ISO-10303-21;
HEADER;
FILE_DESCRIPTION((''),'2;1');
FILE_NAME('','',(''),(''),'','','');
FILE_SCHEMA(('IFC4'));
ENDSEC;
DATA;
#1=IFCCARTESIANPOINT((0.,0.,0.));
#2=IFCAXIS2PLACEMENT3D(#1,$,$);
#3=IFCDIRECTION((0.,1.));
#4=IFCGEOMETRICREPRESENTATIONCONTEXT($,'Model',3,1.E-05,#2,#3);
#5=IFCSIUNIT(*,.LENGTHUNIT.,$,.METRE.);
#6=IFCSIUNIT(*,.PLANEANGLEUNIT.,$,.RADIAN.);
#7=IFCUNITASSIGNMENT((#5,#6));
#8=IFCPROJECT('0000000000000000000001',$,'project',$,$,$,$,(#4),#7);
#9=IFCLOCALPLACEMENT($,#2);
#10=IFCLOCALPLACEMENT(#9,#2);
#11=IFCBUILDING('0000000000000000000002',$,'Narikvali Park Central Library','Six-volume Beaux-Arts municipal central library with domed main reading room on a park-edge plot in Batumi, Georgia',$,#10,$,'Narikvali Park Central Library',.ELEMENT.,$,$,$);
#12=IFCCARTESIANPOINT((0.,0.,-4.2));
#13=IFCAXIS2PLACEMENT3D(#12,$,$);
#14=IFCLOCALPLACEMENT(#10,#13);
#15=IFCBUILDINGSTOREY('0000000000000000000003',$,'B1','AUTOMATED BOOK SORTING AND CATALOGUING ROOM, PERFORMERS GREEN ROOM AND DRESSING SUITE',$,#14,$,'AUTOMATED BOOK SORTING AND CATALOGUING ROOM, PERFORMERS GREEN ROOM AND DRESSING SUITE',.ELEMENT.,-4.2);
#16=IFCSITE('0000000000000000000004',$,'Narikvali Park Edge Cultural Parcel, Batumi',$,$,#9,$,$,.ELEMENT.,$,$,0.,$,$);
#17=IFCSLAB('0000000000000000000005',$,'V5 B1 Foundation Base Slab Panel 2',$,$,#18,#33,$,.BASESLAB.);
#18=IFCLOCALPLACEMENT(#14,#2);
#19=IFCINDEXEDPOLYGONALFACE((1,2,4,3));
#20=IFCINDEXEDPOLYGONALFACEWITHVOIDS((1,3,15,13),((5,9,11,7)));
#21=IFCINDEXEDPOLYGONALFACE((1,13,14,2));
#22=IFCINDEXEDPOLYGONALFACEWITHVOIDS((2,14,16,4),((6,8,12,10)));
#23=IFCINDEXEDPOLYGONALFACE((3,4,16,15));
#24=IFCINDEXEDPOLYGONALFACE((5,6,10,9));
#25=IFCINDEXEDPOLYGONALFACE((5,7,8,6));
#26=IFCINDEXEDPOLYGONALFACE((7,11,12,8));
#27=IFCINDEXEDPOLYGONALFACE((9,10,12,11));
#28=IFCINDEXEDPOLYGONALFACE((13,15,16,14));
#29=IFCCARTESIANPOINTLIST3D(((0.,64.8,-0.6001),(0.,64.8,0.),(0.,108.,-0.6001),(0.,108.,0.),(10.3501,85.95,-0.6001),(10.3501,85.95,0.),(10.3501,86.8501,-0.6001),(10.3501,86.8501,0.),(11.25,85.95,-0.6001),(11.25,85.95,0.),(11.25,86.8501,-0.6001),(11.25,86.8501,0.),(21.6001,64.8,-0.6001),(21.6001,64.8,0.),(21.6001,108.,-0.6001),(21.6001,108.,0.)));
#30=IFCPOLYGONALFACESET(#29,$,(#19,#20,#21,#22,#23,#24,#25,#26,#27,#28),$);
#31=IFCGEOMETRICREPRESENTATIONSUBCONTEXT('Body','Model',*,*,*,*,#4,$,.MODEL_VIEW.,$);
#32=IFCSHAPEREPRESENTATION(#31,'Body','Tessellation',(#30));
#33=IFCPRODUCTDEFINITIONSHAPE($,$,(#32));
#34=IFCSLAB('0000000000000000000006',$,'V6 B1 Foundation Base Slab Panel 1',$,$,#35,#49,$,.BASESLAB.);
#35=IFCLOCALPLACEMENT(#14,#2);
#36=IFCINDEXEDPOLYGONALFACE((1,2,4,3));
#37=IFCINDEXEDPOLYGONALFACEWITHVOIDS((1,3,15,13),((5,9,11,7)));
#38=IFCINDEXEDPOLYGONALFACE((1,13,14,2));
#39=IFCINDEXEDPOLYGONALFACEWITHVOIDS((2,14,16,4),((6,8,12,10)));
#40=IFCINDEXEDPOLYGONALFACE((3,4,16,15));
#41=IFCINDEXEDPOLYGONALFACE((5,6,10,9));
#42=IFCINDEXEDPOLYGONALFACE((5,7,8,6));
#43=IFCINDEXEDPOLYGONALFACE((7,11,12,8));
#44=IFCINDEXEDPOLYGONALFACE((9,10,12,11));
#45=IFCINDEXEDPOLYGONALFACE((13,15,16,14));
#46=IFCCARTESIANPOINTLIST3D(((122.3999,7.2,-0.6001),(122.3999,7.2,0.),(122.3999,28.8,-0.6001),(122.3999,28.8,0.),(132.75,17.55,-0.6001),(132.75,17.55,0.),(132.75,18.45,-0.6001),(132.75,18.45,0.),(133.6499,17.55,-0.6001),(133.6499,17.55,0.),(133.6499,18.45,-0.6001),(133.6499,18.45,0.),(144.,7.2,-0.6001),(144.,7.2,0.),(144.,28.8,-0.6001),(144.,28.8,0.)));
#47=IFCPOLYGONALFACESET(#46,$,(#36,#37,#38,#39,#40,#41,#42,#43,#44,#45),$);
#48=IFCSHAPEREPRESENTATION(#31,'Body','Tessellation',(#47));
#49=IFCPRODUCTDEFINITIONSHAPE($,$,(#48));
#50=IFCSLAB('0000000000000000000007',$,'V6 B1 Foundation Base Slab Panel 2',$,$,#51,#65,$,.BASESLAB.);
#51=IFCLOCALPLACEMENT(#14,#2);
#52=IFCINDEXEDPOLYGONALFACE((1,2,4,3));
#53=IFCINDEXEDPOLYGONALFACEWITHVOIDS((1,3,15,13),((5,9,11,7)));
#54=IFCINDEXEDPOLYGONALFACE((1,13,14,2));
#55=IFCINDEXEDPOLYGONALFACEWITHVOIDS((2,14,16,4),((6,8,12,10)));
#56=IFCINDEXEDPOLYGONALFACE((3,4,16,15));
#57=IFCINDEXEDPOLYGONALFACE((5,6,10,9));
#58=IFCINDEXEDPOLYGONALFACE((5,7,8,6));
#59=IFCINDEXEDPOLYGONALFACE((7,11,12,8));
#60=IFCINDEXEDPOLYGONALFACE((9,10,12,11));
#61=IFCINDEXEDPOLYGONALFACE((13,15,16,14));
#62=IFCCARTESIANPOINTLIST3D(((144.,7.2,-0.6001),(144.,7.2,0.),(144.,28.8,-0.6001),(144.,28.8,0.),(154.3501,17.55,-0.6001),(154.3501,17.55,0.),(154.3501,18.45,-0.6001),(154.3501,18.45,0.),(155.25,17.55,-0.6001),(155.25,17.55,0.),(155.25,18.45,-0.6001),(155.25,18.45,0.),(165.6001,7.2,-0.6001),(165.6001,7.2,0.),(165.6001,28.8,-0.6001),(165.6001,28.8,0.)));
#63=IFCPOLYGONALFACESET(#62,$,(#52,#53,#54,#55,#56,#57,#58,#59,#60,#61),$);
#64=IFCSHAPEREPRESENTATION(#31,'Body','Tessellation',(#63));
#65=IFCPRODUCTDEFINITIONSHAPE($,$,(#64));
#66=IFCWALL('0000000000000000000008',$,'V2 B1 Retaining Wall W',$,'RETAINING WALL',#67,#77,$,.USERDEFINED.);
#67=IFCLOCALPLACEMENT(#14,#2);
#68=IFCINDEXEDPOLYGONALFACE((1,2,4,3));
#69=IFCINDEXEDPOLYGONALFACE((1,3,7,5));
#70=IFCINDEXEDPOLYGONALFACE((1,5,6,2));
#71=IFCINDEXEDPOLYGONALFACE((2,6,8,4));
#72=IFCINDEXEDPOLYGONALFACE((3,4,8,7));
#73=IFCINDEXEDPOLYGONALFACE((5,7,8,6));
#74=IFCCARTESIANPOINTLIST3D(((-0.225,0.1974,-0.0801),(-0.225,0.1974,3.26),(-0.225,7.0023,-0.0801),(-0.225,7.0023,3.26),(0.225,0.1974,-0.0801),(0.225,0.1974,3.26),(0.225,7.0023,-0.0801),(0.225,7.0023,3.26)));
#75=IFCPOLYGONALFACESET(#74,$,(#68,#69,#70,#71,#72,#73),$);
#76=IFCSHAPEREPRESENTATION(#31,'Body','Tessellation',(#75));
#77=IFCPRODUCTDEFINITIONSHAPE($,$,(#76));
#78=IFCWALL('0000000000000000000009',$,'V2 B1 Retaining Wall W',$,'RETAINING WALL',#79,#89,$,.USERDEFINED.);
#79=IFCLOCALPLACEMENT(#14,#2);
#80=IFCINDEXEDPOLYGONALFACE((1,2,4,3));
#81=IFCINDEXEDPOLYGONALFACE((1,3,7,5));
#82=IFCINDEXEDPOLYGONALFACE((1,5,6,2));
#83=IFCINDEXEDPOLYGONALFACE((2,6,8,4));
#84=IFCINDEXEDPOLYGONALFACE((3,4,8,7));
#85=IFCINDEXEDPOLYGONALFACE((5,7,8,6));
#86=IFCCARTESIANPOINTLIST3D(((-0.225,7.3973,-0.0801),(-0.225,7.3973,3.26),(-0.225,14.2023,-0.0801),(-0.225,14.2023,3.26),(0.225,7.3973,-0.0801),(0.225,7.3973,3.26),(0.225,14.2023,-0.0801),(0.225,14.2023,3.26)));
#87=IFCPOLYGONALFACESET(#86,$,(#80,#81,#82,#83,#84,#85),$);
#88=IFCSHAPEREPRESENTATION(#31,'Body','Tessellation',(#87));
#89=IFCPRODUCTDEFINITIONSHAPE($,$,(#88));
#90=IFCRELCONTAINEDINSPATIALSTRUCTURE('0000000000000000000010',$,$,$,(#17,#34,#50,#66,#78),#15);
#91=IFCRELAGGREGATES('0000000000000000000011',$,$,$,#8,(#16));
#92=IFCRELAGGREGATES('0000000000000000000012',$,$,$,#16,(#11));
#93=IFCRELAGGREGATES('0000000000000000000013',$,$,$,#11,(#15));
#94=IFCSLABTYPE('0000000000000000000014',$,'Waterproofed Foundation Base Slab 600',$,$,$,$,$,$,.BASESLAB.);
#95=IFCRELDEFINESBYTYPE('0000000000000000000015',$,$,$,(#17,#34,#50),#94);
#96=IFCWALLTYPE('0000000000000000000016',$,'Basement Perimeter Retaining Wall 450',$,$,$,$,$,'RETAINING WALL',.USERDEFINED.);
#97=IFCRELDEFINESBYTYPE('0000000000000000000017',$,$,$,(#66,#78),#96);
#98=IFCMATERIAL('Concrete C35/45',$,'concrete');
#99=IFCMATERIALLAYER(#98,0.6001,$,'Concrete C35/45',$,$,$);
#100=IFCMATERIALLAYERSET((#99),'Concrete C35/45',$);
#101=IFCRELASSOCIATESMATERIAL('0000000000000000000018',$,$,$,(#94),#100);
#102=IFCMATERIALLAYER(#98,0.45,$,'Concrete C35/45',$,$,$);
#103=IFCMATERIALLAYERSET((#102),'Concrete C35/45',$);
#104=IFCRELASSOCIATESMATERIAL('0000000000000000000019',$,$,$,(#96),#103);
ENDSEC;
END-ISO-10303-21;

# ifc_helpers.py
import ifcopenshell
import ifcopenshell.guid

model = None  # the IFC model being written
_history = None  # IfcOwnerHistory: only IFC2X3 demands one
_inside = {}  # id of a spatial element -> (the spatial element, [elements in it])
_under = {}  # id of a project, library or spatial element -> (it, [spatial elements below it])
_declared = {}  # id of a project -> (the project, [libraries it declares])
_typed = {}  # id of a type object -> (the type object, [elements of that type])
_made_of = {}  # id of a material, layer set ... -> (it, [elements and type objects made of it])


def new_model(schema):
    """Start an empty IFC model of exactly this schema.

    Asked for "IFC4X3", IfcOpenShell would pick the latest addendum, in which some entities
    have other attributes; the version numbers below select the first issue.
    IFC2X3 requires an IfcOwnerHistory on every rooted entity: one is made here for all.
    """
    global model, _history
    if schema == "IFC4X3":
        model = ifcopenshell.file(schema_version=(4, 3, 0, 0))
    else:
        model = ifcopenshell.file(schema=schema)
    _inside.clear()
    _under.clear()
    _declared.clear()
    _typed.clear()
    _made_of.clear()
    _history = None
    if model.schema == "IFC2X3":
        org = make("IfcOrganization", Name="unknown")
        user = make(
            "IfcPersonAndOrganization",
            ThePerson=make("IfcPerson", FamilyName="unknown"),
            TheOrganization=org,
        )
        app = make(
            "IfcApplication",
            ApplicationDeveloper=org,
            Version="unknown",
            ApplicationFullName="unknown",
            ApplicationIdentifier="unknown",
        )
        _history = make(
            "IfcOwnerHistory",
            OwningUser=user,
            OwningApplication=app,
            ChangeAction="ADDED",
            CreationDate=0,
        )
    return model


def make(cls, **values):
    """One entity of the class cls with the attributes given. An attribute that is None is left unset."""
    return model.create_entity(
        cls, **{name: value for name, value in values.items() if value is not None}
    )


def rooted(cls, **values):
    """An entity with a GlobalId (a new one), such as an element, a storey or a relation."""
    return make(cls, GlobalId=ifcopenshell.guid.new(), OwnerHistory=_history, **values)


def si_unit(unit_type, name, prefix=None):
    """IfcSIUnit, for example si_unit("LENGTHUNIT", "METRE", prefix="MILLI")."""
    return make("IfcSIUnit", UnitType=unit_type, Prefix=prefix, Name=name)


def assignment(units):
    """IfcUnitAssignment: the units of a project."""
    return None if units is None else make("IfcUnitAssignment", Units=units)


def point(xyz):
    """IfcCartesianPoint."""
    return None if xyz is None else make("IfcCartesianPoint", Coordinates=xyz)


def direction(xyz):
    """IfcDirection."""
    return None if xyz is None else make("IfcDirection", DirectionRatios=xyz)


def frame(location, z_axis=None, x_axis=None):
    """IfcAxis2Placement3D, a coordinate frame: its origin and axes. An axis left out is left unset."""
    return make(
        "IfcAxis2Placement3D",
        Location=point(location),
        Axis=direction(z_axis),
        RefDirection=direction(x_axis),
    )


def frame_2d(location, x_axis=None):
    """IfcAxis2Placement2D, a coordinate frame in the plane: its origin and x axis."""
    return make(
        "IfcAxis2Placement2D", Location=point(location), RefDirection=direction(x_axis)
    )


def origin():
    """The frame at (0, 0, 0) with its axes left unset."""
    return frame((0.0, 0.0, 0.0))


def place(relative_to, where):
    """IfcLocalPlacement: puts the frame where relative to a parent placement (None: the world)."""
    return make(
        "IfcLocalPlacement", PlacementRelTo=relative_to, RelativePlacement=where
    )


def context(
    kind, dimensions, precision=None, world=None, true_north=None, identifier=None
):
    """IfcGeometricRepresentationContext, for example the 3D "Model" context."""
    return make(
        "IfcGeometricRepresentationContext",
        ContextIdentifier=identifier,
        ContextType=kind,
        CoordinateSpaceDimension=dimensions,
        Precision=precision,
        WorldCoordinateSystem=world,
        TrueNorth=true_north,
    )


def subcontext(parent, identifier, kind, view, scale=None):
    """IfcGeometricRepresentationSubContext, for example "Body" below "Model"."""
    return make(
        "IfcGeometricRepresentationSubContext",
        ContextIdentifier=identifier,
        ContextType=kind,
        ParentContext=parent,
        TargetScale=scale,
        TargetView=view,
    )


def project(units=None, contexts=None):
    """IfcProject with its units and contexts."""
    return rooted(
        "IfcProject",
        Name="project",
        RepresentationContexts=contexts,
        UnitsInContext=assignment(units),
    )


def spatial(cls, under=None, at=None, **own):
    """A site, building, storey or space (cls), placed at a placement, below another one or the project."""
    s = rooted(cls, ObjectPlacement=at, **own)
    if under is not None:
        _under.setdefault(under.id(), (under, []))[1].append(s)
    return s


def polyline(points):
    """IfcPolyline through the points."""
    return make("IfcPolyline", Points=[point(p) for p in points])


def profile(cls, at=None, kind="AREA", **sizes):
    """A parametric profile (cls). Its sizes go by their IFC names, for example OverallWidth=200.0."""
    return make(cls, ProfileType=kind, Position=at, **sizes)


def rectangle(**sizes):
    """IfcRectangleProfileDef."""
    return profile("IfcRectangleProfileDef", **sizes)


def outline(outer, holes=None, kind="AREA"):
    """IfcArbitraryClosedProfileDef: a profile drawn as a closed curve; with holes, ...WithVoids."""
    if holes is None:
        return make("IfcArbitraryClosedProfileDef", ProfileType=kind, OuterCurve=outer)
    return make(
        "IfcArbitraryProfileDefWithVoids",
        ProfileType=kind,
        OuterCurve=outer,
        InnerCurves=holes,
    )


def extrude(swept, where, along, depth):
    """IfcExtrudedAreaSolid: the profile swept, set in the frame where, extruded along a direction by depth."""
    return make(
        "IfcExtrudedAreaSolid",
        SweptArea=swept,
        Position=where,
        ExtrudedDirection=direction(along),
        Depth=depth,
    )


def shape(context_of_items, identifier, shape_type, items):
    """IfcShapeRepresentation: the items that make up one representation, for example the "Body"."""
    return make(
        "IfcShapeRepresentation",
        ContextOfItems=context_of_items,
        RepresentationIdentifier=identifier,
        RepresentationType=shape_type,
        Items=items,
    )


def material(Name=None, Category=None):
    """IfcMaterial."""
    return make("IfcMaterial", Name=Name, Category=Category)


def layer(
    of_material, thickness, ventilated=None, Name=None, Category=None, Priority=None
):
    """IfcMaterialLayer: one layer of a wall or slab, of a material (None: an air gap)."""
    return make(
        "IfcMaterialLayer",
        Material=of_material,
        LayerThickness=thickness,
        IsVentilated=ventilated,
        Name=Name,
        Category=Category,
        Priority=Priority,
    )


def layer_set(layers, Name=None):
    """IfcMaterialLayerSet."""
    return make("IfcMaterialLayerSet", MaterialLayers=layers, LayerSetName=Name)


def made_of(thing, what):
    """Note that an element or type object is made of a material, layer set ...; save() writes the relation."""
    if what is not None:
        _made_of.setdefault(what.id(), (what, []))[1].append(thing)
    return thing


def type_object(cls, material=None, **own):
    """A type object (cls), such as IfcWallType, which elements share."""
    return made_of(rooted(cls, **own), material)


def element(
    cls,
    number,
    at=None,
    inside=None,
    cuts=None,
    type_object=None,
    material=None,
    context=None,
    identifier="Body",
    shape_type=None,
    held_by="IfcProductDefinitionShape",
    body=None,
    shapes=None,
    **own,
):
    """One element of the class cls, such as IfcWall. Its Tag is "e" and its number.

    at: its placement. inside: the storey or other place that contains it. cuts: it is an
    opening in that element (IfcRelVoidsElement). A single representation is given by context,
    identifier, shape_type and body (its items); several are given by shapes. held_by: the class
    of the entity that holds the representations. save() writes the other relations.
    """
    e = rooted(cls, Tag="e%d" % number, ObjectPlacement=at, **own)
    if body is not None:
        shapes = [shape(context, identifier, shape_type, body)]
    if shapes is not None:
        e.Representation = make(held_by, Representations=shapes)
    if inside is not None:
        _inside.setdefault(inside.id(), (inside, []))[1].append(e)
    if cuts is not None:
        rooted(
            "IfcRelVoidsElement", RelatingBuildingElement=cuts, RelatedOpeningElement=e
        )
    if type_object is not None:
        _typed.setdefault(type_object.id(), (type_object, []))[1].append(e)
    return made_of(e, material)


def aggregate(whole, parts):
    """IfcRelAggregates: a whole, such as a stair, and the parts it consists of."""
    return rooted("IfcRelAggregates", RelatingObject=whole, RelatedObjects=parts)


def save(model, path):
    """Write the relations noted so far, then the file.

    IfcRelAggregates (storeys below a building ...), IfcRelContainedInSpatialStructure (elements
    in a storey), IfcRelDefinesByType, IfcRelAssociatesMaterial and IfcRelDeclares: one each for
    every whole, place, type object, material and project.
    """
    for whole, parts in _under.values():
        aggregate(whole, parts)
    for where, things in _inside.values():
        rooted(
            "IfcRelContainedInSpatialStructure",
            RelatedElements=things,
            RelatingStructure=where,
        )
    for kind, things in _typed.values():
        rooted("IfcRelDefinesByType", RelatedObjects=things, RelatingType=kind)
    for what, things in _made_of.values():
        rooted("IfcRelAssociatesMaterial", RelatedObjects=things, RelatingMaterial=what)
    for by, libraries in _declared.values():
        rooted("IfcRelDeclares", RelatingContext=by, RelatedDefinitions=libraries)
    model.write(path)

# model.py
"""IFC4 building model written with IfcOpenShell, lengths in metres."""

from ifc_helpers import new_model, si_unit, direction, frame, frame_2d, origin, place, context, subcontext, project, spatial, polyline, rectangle, outline, extrude, material, layer, layer_set, type_object, element, save


model = new_model("IFC4")

# Units and contexts
model_context = context("Model", 3, precision=1e-05, world=origin(), true_north=direction((0.0, 1.0)))
body_context = subcontext(model_context, "Body", "Model", "MODEL_VIEW")
ifc_project = project(units=[si_unit("LENGTHUNIT", "METRE"), si_unit("PLANEANGLEUNIT", "RADIAN")], contexts=[model_context])

# Site, building, storey
site_placement = place(None, origin())
site = spatial("IfcSite", under=ifc_project, at=site_placement, Name="Narikvali Park Edge Cultural Parcel, Batumi", CompositionType="ELEMENT", RefElevation=0.0)
building_placement = place(site_placement, origin())
building = spatial("IfcBuilding", under=site, at=building_placement, Name="Narikvali Park Central Library", Description="Six-volume Beaux-Arts municipal central library with domed main reading room on a park-edge plot in Batumi, Georgia", LongName="Narikvali Park Central Library", CompositionType="ELEMENT")
storey_placement = place(building_placement, frame((0.0, 0.0, -4.2)))
storey = spatial("IfcBuildingStorey", under=building, at=storey_placement, Name="B1", Description="AUTOMATED BOOK SORTING AND CATALOGUING ROOM, PERFORMERS GREEN ROOM AND DRESSING SUITE", LongName="AUTOMATED BOOK SORTING AND CATALOGUING ROOM, PERFORMERS GREEN ROOM AND DRESSING SUITE", CompositionType="ELEMENT", Elevation=-4.2)

# Shared definitions
ifc_material_1 = material(Name="Concrete C35/45", Category="concrete")

# Slabs
ifc_layer_1 = layer(ifc_material_1, 0.6001, Name="Concrete C35/45")
ifc_layer_set_1 = layer_set([ifc_layer_1], Name="Concrete C35/45")
slab_type_1 = type_object("IfcSlabType", Name="Waterproofed Foundation Base Slab 600", PredefinedType="BASESLAB", material=ifc_layer_set_1)
slab_1_placement = place(storey_placement, frame((0.0, 0.0, -0.6001)))
element("IfcSlab", 1, at=slab_1_placement, inside=storey, type_object=slab_type_1, Name="V5 B1 Foundation Base Slab Panel 2", PredefinedType="BASESLAB", context=body_context, shape_type="SweptSolid", body=[
    extrude(outline(polyline([(0.0, 64.8), (21.6001, 64.8), (21.6001, 108.0), (0.0, 108.0), (0.0, 64.8)]), holes=[polyline([(10.3501, 85.95), (11.25, 85.95), (11.25, 86.8501), (10.3501, 86.8501), (10.3501, 85.95)])]), origin(), (0.0, 0.0, 1.0), 0.6001),
])
slab_2_placement = place(storey_placement, frame((0.0, 0.0, -0.6001)))
element("IfcSlab", 2, at=slab_2_placement, inside=storey, type_object=slab_type_1, Name="V6 B1 Foundation Base Slab Panel 1", PredefinedType="BASESLAB", context=body_context, shape_type="SweptSolid", body=[
    extrude(outline(polyline([(122.3999, 7.2), (144.0, 7.2), (144.0, 28.8), (122.3999, 28.8), (122.3999, 7.2)]), holes=[polyline([(132.75, 17.55), (133.6499, 17.55), (133.6499, 18.45), (132.75, 18.45), (132.75, 17.55)])]), origin(), (0.0, 0.0, 1.0), 0.6001),
])
slab_3_placement = place(storey_placement, frame((0.0, 0.0, -0.6001)))
element("IfcSlab", 3, at=slab_3_placement, inside=storey, type_object=slab_type_1, Name="V6 B1 Foundation Base Slab Panel 2", PredefinedType="BASESLAB", context=body_context, shape_type="SweptSolid", body=[
    extrude(outline(polyline([(144.0, 7.2), (165.6001, 7.2), (165.6001, 28.8), (144.0, 28.8), (144.0, 7.2)]), holes=[polyline([(154.3501, 17.55), (155.25, 17.55), (155.25, 18.45), (154.3501, 18.45), (154.3501, 17.55)])]), origin(), (0.0, 0.0, 1.0), 0.6001),
])

# Walls
ifc_layer_2 = layer(ifc_material_1, 0.45, Name="Concrete C35/45")
ifc_layer_set_2 = layer_set([ifc_layer_2], Name="Concrete C35/45")
wall_type = type_object("IfcWallType", Name="Basement Perimeter Retaining Wall 450", ElementType="RETAINING WALL", PredefinedType="USERDEFINED", material=ifc_layer_set_2)
for number, where, z_axis, x_axis, name in (
    (4, (0.0, 0.1975, -0.0801), (0.0, 0.0, 1.0), (0.0, 1.0, 0.0), "V2 B1 Retaining Wall W"),
    (5, (0.0, 7.3975, -0.0801), (0.0, 0.0, 1.0), (0.0, 1.0, 0.0), "V2 B1 Retaining Wall W"),
):
    element("IfcWall", number, at=place(storey_placement, frame(where, z_axis=z_axis, x_axis=x_axis)), inside=storey, type_object=wall_type, Name=name, ObjectType="RETAINING WALL", PredefinedType="USERDEFINED", context=body_context, shape_type="SweptSolid", body=[
        extrude(rectangle(XDim=6.8049, YDim=0.45, at=frame_2d((3.4023, 0.0))), origin(), (0.0, 0.0, 1.0), 3.3401),
    ])

save(model, "model.ifc")
